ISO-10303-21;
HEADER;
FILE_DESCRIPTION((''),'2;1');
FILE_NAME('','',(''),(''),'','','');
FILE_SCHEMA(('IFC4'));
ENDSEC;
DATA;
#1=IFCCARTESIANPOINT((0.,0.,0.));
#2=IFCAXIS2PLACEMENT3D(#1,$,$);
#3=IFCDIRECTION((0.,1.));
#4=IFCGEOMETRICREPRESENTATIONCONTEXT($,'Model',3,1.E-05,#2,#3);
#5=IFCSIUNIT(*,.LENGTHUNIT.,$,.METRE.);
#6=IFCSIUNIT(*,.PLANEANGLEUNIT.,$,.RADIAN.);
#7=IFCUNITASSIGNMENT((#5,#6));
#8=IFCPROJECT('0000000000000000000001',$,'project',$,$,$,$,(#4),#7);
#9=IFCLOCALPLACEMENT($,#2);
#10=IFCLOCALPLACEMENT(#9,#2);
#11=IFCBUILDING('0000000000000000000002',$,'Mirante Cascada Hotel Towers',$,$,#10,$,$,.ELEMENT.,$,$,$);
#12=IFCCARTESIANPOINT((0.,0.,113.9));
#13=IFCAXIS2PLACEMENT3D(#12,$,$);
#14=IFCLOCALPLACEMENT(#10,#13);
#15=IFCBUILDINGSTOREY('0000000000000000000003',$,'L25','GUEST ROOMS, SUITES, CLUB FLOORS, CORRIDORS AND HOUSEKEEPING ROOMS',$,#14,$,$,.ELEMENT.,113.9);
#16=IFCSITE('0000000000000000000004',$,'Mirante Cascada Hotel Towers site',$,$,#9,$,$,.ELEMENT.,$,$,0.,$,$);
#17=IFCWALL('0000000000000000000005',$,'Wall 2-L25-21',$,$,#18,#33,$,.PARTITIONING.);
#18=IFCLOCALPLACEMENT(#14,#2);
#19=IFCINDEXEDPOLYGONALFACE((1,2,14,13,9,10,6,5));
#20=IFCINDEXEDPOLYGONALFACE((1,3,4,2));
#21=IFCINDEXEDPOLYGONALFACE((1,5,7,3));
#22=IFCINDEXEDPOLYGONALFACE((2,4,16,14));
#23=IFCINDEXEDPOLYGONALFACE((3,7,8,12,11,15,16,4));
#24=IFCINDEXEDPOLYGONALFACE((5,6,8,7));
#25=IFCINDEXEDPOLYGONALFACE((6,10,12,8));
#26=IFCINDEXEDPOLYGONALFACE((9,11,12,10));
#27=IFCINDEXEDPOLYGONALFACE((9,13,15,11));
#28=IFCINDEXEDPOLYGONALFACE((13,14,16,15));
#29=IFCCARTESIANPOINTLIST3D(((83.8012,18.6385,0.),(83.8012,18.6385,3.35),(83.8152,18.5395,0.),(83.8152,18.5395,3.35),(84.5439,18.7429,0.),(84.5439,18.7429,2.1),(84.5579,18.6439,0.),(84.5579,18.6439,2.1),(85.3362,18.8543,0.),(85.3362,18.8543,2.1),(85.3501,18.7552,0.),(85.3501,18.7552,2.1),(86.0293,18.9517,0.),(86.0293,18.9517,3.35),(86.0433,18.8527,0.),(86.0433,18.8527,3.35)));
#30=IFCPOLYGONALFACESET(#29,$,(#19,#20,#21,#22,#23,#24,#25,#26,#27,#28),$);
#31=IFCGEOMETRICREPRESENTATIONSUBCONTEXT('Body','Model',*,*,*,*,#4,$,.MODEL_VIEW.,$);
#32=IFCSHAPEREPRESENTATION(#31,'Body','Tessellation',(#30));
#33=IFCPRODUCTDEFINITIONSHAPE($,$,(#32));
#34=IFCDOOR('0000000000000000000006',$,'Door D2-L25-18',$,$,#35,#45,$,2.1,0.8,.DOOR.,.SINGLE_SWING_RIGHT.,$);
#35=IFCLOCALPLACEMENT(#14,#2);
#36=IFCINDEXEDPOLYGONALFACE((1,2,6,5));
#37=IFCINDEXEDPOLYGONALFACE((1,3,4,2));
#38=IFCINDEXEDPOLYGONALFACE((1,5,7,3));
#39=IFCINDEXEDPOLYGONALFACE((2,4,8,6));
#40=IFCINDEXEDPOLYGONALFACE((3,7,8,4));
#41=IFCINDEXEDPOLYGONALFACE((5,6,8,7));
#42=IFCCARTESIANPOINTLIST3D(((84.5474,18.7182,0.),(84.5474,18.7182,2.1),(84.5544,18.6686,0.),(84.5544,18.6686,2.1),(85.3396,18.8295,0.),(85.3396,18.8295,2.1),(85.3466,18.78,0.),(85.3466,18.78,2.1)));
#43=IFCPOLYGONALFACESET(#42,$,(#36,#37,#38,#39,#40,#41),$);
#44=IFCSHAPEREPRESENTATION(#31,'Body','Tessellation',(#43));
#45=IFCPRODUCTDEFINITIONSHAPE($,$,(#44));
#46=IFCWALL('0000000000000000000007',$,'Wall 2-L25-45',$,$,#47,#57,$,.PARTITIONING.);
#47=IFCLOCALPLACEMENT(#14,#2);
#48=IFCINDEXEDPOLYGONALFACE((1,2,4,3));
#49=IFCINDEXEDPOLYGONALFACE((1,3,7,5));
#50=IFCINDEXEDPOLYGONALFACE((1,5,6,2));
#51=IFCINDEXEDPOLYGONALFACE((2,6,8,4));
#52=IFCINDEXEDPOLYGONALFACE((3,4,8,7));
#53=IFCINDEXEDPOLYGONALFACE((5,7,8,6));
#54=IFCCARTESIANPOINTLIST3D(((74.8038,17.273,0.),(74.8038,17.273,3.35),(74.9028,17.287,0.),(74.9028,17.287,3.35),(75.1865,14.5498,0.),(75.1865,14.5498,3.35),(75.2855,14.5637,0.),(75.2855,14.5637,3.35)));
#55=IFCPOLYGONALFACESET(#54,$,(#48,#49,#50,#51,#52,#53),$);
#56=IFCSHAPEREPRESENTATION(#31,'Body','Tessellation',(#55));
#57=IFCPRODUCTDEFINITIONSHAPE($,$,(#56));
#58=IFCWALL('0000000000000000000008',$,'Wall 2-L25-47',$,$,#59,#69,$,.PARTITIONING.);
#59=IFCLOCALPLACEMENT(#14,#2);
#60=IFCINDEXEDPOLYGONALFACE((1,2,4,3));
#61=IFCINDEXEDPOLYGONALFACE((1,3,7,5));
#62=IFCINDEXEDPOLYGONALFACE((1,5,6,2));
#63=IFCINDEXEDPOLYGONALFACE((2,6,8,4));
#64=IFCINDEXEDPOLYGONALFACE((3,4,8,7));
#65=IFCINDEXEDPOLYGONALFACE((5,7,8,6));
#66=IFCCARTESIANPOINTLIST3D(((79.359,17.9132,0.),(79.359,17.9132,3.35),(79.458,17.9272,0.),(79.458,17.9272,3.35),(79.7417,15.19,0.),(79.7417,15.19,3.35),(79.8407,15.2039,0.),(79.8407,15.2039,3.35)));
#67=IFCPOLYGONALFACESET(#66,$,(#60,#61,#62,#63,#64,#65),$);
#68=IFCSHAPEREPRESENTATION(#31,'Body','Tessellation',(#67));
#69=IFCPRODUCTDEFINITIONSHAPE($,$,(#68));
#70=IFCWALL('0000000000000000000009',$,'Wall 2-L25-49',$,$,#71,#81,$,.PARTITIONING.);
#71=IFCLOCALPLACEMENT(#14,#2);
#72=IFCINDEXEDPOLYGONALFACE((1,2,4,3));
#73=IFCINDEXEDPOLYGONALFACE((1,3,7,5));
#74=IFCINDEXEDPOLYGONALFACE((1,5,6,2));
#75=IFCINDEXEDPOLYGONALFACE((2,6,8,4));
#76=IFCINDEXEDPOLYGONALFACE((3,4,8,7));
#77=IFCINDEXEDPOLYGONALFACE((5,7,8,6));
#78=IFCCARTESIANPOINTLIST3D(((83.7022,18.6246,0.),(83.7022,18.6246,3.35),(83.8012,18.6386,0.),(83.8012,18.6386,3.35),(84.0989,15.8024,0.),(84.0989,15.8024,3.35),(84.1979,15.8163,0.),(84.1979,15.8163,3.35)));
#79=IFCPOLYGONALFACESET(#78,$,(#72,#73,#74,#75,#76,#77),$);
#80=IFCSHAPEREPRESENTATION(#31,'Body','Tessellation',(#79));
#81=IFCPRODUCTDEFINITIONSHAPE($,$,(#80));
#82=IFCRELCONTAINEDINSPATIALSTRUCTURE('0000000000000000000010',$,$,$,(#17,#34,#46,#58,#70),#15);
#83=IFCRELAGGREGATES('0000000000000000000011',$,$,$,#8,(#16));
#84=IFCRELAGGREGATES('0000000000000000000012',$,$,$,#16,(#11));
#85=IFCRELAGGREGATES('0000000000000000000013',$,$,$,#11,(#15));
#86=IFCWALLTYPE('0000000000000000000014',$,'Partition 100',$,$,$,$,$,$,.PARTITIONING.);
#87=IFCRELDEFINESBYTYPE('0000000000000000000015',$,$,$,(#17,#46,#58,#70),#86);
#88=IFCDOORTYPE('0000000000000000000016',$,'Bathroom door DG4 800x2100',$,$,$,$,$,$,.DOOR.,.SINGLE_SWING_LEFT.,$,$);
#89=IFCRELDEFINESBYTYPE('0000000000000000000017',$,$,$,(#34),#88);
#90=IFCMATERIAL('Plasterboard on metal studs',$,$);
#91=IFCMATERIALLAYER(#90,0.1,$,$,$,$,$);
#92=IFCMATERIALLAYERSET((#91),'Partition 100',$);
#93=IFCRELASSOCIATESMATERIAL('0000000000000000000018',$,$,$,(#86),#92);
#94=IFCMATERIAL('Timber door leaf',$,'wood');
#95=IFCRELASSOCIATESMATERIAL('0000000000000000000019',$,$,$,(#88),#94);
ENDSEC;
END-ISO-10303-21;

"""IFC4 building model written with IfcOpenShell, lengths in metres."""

from ifc_helpers import new_model, si_unit, direction, frame, frame_2d, origin, place, context, subcontext, project, spatial, rectangle, extrude, material, layer, layer_set, type_object, element, fill, save


model = new_model("IFC4")

# Units and contexts
model_context = context("Model", 3, precision=1e-05, world=origin(), true_north=direction((0.0, 1.0)))
body_context = subcontext(model_context, "Body", "Model", "MODEL_VIEW")
ifc_project = project(units=[si_unit("LENGTHUNIT", "METRE"), si_unit("PLANEANGLEUNIT", "RADIAN")], contexts=[model_context])

# Site, building, storey
site_placement = place(None, origin())
site = spatial("IfcSite", under=ifc_project, at=site_placement, Name="Mirante Cascada Hotel Towers site", CompositionType="ELEMENT", RefElevation=0.0)
building_placement = place(site_placement, origin())
building = spatial("IfcBuilding", under=site, at=building_placement, Name="Mirante Cascada Hotel Towers", CompositionType="ELEMENT")
storey_placement = place(building_placement, frame((0.0, 0.0, 113.9)))
storey = spatial("IfcBuildingStorey", under=building, at=storey_placement, Name="L25", Description="GUEST ROOMS, SUITES, CLUB FLOORS, CORRIDORS AND HOUSEKEEPING ROOMS", CompositionType="ELEMENT", Elevation=113.9)

# Shared definitions
ifc_material_1 = material(Name="Plasterboard on metal studs")
ifc_layer_1 = layer(ifc_material_1, 0.1)
ifc_layer_set_1 = layer_set([ifc_layer_1], Name="Partition 100")
wall_type_1 = type_object("IfcWallType", Name="Partition 100", PredefinedType="PARTITIONING", material=ifc_layer_set_1)
ifc_material_2 = material(Name="Timber door leaf", Category="wood")
door_type = type_object("IfcDoorType", Name="Bathroom door DG4 800x2100", OperationType="SINGLE_SWING_LEFT", PredefinedType="DOOR", material=ifc_material_2)

# Wall, opening, door
wall_1_placement = place(storey_placement, frame((86.0363, 18.9022, 0.0), z_axis=(0.0, 0.0, 1.0), x_axis=(-0.990264, -0.1392, 0.0)))
wall_1 = element("IfcWall", 1, at=wall_1_placement, inside=storey, type_object=wall_type_1, Name="Wall 2-L25-21", PredefinedType="PARTITIONING", context=body_context, shape_type="SweptSolid", body=[
    extrude(rectangle(XDim=2.25, YDim=0.1, at=frame_2d((1.125, 0.0))), origin(), (0.0, 0.0, 1.0), 3.35),
])
opening_1_placement = place(wall_1_placement, frame((0.7, 0.0, 0.0)))
opening_1 = element("IfcOpeningElement", 2, at=opening_1_placement, cuts=wall_1, PredefinedType="OPENING", context=body_context, shape_type="SweptSolid", body=[
    extrude(rectangle(XDim=0.8, YDim=2.1, at=frame_2d((0.4, 1.05))), frame((0.0, 0.05, 0.0), z_axis=(0.0, -1.0, 0.0), x_axis=(1.0, 0.0, 0.0)), (0.0, 0.0, 1.0), 0.1),
])
door_1_placement = place(opening_1_placement, frame((0.8, 0.0, 0.0), z_axis=(0.0, 0.0, 1.0), x_axis=(-1.0, 0.0, 0.0)))
door_1 = element("IfcDoor", 3, at=door_1_placement, inside=storey, type_object=door_type, Name="Door D2-L25-18", OperationType="SINGLE_SWING_RIGHT", OverallHeight=2.1, OverallWidth=0.8, PredefinedType="DOOR", context=body_context, shape_type="SweptSolid", body=[
    extrude(rectangle(XDim=0.8, YDim=2.1, at=frame_2d((0.4, 1.05))), frame((0.0, 0.025, 0.0), z_axis=(0.0, -1.0, 0.0), x_axis=(1.0, 0.0, 0.0)), (0.0, 0.0, 1.0), 0.05),
])
fill(opening_1, door_1)

# Walls
for number, where, z_axis, x_axis, name in (
    (4, (74.8533, 17.28, 0.0), (0.0, 0.0, 1.0), (0.139166, -0.990269, 0.0), "Wall 2-L25-45"),
    (5, (79.4085, 17.9202, 0.0), (0.0, 0.0, 1.0), (0.139166, -0.990269, 0.0), "Wall 2-L25-47"),
):
    element("IfcWall", number, at=place(storey_placement, frame(where, z_axis=z_axis, x_axis=x_axis)), inside=storey, type_object=wall_type_1, Name=name, PredefinedType="PARTITIONING", context=body_context, shape_type="SweptSolid", body=[
        extrude(rectangle(XDim=2.75, YDim=0.1, at=frame_2d((1.375, 0.0))), origin(), (0.0, 0.0, 1.0), 3.35),
    ])
wall_2_placement = place(storey_placement, frame((83.7517, 18.6316, 0.0), z_axis=(0.0, 0.0, 1.0), x_axis=(0.139191, -0.990266, 0.0)))
element("IfcWall", 6, at=wall_2_placement, inside=storey, type_object=wall_type_1, Name="Wall 2-L25-49", PredefinedType="PARTITIONING", context=body_context, shape_type="SweptSolid", body=[
    extrude(rectangle(XDim=2.85, YDim=0.1, at=frame_2d((1.425, 0.0))), origin(), (0.0, 0.0, 1.0), 3.35),
])

save(model, "model.ifc")
